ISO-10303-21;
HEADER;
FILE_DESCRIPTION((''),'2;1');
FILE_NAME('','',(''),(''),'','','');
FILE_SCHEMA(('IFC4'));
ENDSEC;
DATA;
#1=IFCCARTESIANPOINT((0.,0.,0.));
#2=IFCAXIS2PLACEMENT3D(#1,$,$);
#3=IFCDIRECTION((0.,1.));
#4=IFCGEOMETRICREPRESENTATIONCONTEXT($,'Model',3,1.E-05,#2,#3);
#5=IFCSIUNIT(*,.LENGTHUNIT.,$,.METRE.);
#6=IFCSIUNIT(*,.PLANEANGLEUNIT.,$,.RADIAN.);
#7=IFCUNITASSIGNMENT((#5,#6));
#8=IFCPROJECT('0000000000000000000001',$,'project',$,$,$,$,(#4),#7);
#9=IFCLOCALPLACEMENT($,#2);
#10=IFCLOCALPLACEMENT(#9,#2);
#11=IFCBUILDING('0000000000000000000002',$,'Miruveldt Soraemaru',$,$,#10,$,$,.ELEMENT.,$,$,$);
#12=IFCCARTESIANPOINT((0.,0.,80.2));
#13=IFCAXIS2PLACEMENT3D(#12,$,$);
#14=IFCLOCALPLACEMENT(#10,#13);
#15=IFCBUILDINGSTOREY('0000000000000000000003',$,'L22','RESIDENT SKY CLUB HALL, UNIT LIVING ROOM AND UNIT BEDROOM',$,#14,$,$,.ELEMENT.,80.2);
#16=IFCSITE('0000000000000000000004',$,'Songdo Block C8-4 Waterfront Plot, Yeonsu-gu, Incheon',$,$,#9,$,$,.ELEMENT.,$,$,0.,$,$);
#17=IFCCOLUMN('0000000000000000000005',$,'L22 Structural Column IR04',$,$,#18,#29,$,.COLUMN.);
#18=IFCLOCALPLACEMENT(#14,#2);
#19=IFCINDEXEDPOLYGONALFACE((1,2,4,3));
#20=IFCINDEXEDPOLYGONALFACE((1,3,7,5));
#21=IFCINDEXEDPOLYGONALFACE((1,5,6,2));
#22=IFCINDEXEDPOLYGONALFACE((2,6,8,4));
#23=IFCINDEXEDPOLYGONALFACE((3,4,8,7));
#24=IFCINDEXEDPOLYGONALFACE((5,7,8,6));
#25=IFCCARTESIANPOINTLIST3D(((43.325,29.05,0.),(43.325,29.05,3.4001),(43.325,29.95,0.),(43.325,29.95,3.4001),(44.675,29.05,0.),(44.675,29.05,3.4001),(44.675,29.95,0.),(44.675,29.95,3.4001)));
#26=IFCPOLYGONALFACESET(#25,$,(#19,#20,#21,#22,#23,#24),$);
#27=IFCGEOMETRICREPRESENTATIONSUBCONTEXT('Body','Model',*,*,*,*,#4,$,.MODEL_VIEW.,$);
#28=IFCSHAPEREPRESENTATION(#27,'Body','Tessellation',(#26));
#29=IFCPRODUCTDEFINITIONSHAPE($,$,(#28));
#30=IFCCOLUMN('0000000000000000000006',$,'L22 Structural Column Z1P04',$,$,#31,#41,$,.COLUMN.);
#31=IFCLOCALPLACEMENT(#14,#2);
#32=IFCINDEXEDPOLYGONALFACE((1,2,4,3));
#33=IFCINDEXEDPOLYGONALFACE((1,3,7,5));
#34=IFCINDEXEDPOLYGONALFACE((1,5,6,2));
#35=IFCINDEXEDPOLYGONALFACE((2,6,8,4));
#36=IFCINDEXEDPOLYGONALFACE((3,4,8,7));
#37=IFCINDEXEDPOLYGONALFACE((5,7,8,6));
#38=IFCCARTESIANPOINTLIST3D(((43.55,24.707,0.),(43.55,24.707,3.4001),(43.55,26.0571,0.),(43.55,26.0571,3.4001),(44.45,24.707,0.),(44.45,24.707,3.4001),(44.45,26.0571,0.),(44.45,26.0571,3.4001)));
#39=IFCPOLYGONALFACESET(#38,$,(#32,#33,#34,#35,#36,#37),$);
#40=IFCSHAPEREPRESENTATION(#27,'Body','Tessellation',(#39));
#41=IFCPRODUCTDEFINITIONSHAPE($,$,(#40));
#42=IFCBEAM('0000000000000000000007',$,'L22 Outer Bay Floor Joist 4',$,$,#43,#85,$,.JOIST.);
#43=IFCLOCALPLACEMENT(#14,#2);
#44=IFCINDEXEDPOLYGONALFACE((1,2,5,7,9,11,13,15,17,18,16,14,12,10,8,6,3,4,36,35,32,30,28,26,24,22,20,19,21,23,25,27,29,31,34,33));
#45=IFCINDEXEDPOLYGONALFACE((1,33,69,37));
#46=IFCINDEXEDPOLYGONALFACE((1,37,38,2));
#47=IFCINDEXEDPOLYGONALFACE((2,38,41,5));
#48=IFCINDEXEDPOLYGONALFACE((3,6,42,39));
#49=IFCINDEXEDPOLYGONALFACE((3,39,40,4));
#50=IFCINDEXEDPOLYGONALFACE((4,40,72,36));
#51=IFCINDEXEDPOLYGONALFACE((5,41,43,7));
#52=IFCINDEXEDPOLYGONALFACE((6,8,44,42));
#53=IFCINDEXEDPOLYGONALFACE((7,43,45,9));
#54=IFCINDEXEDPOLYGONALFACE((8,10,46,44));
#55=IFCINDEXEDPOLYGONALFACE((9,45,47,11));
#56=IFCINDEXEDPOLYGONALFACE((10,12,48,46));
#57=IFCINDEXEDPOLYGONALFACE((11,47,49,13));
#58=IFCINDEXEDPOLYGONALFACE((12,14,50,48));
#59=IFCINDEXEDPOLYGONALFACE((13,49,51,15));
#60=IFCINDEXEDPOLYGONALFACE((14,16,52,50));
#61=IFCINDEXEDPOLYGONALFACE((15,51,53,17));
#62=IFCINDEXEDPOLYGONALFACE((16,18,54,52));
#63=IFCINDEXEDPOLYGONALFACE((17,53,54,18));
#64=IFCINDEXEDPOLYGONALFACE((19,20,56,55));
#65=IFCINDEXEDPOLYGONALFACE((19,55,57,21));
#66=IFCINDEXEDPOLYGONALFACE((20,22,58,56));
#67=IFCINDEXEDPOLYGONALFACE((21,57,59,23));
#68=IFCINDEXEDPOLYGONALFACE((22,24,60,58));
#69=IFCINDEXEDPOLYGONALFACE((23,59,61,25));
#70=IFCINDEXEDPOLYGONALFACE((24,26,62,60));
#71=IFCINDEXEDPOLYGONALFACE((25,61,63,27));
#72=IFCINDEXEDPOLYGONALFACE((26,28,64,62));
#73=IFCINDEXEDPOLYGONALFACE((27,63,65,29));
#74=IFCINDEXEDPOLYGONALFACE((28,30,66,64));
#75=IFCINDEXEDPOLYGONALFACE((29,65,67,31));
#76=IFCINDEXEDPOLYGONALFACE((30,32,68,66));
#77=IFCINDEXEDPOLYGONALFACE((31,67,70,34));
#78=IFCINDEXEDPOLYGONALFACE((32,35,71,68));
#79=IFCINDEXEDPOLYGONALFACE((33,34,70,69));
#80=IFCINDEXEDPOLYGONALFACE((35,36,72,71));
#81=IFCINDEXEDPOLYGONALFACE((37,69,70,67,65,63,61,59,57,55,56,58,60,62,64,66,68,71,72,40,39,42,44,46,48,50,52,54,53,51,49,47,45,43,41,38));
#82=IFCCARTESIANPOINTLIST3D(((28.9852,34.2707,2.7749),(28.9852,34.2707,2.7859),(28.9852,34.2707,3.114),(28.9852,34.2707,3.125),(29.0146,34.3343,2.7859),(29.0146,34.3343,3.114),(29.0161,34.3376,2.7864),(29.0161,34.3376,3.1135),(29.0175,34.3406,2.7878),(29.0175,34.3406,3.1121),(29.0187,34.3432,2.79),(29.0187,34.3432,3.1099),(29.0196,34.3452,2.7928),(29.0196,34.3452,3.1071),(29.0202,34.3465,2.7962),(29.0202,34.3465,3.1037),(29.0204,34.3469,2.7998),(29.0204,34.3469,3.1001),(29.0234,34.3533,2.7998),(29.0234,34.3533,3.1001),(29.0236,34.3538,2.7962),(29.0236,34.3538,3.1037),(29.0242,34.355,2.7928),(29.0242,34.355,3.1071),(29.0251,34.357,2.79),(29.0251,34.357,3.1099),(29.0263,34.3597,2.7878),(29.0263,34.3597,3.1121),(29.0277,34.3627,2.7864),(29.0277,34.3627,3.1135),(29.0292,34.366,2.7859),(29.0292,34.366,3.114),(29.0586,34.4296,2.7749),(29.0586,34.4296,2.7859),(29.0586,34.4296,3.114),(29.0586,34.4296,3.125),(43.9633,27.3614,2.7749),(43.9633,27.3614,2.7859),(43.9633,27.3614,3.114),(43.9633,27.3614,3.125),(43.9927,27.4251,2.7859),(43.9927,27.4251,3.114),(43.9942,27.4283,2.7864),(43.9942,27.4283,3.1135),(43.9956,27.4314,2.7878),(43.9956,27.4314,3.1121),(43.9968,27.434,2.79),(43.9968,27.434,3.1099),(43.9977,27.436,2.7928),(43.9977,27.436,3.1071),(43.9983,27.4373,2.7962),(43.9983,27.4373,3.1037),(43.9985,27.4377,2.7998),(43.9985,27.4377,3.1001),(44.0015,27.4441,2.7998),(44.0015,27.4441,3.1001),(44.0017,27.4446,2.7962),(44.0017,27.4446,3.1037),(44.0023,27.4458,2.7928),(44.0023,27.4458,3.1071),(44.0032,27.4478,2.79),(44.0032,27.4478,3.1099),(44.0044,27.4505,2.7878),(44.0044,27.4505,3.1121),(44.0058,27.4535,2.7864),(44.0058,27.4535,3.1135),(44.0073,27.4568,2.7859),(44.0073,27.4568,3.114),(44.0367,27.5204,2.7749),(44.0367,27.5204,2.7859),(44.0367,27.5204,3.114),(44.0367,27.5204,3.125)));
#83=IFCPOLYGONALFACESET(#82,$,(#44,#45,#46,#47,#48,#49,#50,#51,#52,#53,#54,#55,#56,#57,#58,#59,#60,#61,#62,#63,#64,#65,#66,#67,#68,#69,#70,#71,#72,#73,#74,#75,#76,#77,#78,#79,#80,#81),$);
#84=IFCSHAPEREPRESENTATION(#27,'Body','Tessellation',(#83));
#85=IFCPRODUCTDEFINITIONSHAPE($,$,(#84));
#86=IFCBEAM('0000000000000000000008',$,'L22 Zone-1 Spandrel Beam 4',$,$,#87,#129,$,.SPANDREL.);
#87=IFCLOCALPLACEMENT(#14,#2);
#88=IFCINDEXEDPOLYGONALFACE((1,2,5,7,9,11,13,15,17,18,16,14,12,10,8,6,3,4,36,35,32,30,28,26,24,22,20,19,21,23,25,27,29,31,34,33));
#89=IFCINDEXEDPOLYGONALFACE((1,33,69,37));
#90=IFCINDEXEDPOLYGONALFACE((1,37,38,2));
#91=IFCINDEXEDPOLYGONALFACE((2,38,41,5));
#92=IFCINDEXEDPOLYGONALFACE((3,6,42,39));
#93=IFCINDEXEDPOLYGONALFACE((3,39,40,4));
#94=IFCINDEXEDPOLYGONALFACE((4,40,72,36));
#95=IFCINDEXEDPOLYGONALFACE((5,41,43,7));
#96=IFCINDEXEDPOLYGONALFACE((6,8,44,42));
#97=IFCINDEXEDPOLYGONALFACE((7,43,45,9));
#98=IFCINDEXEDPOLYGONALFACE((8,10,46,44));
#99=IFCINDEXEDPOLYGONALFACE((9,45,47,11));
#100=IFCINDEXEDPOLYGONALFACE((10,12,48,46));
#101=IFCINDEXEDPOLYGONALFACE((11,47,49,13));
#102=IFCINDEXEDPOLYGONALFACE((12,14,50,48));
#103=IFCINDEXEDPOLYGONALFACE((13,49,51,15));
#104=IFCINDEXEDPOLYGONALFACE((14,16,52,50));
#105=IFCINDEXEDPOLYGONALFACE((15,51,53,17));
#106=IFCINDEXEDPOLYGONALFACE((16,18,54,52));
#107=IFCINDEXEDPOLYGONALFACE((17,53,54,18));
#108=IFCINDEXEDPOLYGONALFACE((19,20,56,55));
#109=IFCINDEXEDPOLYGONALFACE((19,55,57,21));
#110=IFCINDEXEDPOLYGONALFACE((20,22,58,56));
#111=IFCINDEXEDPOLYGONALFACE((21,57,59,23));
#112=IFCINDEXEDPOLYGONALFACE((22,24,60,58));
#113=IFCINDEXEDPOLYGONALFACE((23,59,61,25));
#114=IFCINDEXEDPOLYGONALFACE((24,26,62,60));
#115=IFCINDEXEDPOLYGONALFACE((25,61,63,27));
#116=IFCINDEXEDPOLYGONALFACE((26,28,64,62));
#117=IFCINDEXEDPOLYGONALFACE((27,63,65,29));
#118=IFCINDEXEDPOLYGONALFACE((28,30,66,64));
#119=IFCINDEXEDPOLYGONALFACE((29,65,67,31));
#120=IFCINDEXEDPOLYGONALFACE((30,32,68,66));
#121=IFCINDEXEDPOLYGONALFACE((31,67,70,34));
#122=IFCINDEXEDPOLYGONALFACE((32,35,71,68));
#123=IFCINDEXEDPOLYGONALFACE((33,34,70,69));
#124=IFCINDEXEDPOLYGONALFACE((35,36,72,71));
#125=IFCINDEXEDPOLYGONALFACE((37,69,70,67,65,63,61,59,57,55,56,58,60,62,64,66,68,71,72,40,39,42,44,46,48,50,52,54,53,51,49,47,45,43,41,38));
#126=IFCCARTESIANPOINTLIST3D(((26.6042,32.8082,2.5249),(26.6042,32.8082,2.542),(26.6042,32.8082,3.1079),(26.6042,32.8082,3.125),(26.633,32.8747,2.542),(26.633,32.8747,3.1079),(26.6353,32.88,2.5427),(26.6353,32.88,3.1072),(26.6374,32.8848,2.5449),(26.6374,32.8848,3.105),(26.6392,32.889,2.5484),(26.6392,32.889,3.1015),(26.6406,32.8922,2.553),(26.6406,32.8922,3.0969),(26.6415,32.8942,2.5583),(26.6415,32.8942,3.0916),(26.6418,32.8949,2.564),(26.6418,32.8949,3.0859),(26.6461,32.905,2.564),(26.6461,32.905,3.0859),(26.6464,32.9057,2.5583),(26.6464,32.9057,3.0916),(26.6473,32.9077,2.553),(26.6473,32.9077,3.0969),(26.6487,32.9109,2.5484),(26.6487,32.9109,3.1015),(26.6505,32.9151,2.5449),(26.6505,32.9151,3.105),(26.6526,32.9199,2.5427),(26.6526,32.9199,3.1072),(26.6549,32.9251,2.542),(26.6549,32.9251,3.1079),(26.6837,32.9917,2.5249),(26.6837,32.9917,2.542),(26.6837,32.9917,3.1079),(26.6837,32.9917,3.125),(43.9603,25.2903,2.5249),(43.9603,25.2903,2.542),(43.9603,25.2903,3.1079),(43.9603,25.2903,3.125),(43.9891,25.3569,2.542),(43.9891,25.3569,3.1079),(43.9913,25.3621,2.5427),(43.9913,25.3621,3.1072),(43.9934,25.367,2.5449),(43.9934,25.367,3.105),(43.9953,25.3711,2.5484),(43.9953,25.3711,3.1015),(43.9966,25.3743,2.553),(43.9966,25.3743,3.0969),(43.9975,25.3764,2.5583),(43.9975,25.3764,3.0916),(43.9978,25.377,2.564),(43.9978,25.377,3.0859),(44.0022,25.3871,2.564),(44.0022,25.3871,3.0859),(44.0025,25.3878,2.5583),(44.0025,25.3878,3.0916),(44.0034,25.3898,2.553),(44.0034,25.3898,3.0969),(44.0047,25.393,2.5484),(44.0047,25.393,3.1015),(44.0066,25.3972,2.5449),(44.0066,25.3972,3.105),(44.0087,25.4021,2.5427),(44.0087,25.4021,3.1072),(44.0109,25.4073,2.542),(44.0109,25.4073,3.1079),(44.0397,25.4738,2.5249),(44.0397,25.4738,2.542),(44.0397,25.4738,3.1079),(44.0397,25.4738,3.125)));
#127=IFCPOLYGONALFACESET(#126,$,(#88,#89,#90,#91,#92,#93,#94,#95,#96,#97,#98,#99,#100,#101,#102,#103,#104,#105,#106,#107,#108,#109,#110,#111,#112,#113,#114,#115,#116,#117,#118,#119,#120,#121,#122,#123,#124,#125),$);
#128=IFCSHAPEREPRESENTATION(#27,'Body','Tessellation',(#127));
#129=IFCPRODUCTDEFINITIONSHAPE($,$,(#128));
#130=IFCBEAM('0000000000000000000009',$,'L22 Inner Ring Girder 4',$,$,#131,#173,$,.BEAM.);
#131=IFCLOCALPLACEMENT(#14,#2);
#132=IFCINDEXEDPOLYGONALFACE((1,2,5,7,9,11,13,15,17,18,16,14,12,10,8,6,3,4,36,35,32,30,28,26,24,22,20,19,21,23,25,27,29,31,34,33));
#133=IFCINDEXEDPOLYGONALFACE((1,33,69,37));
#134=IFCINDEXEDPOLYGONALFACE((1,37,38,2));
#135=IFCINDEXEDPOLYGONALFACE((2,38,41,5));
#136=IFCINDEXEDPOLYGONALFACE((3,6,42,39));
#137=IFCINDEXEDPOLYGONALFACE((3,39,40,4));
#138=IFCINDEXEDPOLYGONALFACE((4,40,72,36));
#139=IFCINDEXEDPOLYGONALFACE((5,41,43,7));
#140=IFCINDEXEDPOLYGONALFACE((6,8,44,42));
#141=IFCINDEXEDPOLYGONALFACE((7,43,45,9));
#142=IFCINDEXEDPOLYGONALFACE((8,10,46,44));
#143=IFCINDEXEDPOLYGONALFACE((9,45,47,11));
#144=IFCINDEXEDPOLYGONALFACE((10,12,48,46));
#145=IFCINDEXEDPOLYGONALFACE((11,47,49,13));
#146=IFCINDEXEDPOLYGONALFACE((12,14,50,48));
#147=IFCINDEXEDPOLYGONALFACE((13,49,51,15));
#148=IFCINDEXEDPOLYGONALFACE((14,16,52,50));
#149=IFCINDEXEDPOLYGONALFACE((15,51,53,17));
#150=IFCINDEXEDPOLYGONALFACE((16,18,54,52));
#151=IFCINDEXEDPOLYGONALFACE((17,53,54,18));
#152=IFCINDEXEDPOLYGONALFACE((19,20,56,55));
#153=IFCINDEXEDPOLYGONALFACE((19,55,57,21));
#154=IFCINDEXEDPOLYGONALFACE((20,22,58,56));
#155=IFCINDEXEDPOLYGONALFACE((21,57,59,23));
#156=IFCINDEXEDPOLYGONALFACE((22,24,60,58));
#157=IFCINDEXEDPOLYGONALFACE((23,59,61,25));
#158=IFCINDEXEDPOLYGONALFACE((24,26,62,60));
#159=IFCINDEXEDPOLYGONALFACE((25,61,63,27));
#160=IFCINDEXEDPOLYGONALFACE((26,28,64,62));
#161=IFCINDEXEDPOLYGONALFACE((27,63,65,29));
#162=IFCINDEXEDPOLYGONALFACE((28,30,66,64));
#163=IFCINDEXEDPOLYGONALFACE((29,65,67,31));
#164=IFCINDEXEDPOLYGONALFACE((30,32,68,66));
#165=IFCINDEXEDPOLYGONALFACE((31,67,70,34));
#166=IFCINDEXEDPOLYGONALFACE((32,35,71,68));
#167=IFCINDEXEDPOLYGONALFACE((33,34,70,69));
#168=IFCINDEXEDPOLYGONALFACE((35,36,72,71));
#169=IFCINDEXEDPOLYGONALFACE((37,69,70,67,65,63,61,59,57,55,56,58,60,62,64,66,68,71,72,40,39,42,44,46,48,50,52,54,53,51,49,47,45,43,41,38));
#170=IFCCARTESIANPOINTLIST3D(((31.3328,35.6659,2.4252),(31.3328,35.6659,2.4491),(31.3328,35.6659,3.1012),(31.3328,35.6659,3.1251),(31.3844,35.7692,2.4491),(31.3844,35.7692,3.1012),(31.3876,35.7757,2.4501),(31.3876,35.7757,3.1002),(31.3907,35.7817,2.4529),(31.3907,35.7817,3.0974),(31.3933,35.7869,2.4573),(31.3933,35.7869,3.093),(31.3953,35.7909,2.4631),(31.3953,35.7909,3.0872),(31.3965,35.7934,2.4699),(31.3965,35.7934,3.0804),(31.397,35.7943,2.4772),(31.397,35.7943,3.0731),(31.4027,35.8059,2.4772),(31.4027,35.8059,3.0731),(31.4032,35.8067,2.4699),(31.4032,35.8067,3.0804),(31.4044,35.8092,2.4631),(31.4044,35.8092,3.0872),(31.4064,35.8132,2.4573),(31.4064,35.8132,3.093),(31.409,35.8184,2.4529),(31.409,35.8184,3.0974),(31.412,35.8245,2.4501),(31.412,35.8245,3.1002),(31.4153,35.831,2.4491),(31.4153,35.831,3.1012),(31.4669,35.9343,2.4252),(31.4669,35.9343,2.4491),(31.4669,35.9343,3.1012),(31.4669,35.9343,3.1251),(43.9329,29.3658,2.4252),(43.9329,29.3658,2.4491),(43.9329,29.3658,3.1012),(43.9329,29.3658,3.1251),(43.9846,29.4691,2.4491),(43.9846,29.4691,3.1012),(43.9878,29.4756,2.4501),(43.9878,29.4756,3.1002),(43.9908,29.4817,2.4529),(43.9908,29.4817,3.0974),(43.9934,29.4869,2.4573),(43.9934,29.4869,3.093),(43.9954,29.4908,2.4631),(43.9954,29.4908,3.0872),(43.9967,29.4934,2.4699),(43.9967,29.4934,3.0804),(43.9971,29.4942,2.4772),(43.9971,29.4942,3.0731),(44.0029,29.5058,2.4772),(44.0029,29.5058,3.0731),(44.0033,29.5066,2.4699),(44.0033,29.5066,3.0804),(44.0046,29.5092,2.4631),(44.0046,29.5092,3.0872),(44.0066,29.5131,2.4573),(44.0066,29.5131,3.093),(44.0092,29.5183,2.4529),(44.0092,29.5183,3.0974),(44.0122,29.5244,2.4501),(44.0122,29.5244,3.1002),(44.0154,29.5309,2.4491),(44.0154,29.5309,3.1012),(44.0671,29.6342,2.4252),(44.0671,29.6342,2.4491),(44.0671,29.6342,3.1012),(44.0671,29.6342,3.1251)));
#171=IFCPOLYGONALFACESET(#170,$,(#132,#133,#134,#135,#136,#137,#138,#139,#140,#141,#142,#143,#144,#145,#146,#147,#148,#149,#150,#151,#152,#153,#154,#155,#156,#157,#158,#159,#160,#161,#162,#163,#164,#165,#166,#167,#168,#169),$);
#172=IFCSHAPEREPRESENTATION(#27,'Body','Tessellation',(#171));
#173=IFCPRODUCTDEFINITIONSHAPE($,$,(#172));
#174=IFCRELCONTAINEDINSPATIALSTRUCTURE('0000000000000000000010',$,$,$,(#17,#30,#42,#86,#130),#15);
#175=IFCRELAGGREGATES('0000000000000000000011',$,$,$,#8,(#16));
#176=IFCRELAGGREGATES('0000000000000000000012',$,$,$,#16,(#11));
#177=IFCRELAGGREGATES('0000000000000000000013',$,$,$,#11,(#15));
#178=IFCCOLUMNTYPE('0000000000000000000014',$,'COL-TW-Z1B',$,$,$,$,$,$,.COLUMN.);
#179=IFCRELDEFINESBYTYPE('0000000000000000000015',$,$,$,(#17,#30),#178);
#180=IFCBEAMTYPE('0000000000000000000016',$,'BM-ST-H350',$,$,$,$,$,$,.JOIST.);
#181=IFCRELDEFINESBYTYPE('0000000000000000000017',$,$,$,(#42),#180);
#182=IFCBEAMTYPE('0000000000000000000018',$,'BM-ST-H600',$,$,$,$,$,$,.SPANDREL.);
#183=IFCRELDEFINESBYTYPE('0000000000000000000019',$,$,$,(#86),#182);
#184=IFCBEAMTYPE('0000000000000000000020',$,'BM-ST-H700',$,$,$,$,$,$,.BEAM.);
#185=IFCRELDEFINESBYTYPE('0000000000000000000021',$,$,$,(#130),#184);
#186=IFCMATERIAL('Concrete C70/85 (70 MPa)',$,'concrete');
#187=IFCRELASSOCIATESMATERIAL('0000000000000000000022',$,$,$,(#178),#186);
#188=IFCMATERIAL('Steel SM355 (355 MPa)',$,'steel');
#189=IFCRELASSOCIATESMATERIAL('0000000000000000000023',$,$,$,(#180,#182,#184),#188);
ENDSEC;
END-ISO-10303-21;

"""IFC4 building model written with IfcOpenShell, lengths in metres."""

from ifc_helpers import new_model, si_unit, direction, frame, origin, origin_2d, place, context, subcontext, project, spatial, rectangle, i_section, extrude, material, material_profile, profile_set, type_object, element, save


model = new_model("IFC4")

# Units and contexts
model_context = context("Model", 3, precision=1e-05, world=origin(), true_north=direction((0.0, 1.0)))
body_context = subcontext(model_context, "Body", "Model", "MODEL_VIEW")
ifc_project = project(units=[si_unit("LENGTHUNIT", "METRE"), si_unit("PLANEANGLEUNIT", "RADIAN")], contexts=[model_context])

# Site, building, storey
site_placement = place(None, origin())
site = spatial("IfcSite", under=ifc_project, at=site_placement, Name="Songdo Block C8-4 Waterfront Plot, Yeonsu-gu, Incheon", CompositionType="ELEMENT", RefElevation=0.0)
building_placement = place(site_placement, origin())
building = spatial("IfcBuilding", under=site, at=building_placement, Name="Miruveldt Soraemaru", CompositionType="ELEMENT")
storey_placement = place(building_placement, frame((0.0, 0.0, 80.2)))
storey = spatial("IfcBuildingStorey", under=building, at=storey_placement, Name="L22", Description="RESIDENT SKY CLUB HALL, UNIT LIVING ROOM AND UNIT BEDROOM", CompositionType="ELEMENT", Elevation=80.2)

# Columns
ifc_material_1 = material(Name="Concrete C70/85 (70 MPa)", Category="concrete")
ifc_material_profile_1 = material_profile(ifc_material_1, rectangle(XDim=1.3501, YDim=0.8999, at=origin_2d()), Name="Concrete C70/85 (70 MPa)", Category="concrete")
ifc_profile_set_1 = profile_set([ifc_material_profile_1], Name="Concrete C70/85 (70 MPa)")
column_type = type_object("IfcColumnType", Name="COL-TW-Z1B", PredefinedType="COLUMN", material=ifc_profile_set_1)
for number, where, z_axis, x_axis, name in (
    (1, (44.0, 29.5, 0.0), (0.0, 0.0, 1.0), (1.0, 0.0, 0.0), "L22 Structural Column IR04"),
    (2, (44.0, 25.3821, 0.0), (0.0, 0.0, 1.0), (0.0, 1.0, 0.0), "L22 Structural Column Z1P04"),
):
    element("IfcColumn", number, at=place(storey_placement, frame(where, z_axis=z_axis, x_axis=x_axis)), inside=storey, type_object=column_type, Name=name, PredefinedType="COLUMN", context=body_context, shape_type="SweptSolid", body=[
        extrude(rectangle(XDim=1.3501, YDim=0.8999, at=origin_2d()), origin(), (0.0, 0.0, 1.0), 3.4001),
    ])

# Beams
ifc_material_2 = material(Name="Steel SM355 (355 MPa)", Category="steel")
ifc_material_profile_2 = material_profile(ifc_material_2, i_section(OverallWidth=0.175, OverallDepth=0.3501, WebThickness=0.0071, FlangeThickness=0.011, FilletRadius=0.0139, at=origin_2d()), Name="Steel SM355 (355 MPa)", Category="steel")
ifc_profile_set_2 = profile_set([ifc_material_profile_2], Name="Steel SM355 (355 MPa)")
beam_type_1 = type_object("IfcBeamType", Name="BM-ST-H350", PredefinedType="JOIST", material=ifc_profile_set_2)
beam_1_placement = place(storey_placement, frame((44.0, 27.4409, 2.95), z_axis=(-0.908046, 0.41887, 0.0), x_axis=(-0.41887, -0.908046, 0.0)))
element("IfcBeam", 3, at=beam_1_placement, inside=storey, type_object=beam_type_1, Name="L22 Outer Bay Floor Joist 4", PredefinedType="JOIST", context=body_context, shape_type="SweptSolid", body=[
    extrude(i_section(OverallWidth=0.175, OverallDepth=0.3501, WebThickness=0.0071, FlangeThickness=0.011, FilletRadius=0.0139, at=origin_2d()), origin(), (0.0, 0.0, 1.0), 16.4949),
])
ifc_material_profile_3 = material_profile(ifc_material_2, i_section(OverallWidth=0.2, OverallDepth=0.6001, WebThickness=0.011, FlangeThickness=0.0171, FilletRadius=0.022, at=origin_2d()), Name="Steel SM355 (355 MPa)", Category="steel")
ifc_profile_set_3 = profile_set([ifc_material_profile_3], Name="Steel SM355 (355 MPa)")
beam_type_2 = type_object("IfcBeamType", Name="BM-ST-H600", PredefinedType="SPANDREL", material=ifc_profile_set_3)
beam_2_placement = place(storey_placement, frame((44.0, 25.3821, 2.825), z_axis=(-0.917615, 0.39747, 0.0), x_axis=(-0.39747, -0.917615, 0.0)))
element("IfcBeam", 4, at=beam_2_placement, inside=storey, type_object=beam_type_2, Name="L22 Zone-1 Spandrel Beam 4", PredefinedType="SPANDREL", context=body_context, shape_type="SweptSolid", body=[
    extrude(i_section(OverallWidth=0.2, OverallDepth=0.6001, WebThickness=0.011, FlangeThickness=0.0171, FilletRadius=0.022, at=origin_2d()), origin(), (0.0, 0.0, 1.0), 18.9143),
])
ifc_material_profile_4 = material_profile(ifc_material_2, i_section(OverallWidth=0.3, OverallDepth=0.7, WebThickness=0.0129, FlangeThickness=0.0239, FilletRadius=0.0281, at=origin_2d()), Name="Steel SM355 (355 MPa)", Category="steel")
ifc_profile_set_4 = profile_set([ifc_material_profile_4], Name="Steel SM355 (355 MPa)")
beam_type_3 = type_object("IfcBeamType", Name="BM-ST-H700", PredefinedType="BEAM", material=ifc_profile_set_4)
beam_3_placement = place(storey_placement, frame((44.0, 29.5, 2.7751), z_axis=(-0.894427, 0.447214, 0.0), x_axis=(-0.447214, -0.894427, 0.0)))
element("IfcBeam", 5, at=beam_3_placement, inside=storey, type_object=beam_type_3, Name="L22 Inner Ring Girder 4", PredefinedType="BEAM", context=body_context, shape_type="SweptSolid", body=[
    extrude(i_section(OverallWidth=0.3, OverallDepth=0.7, WebThickness=0.0129, FlangeThickness=0.0239, FilletRadius=0.0281, at=origin_2d()), origin(), (0.0, 0.0, 1.0), 14.0874),
])

save(model, "model.ifc")
